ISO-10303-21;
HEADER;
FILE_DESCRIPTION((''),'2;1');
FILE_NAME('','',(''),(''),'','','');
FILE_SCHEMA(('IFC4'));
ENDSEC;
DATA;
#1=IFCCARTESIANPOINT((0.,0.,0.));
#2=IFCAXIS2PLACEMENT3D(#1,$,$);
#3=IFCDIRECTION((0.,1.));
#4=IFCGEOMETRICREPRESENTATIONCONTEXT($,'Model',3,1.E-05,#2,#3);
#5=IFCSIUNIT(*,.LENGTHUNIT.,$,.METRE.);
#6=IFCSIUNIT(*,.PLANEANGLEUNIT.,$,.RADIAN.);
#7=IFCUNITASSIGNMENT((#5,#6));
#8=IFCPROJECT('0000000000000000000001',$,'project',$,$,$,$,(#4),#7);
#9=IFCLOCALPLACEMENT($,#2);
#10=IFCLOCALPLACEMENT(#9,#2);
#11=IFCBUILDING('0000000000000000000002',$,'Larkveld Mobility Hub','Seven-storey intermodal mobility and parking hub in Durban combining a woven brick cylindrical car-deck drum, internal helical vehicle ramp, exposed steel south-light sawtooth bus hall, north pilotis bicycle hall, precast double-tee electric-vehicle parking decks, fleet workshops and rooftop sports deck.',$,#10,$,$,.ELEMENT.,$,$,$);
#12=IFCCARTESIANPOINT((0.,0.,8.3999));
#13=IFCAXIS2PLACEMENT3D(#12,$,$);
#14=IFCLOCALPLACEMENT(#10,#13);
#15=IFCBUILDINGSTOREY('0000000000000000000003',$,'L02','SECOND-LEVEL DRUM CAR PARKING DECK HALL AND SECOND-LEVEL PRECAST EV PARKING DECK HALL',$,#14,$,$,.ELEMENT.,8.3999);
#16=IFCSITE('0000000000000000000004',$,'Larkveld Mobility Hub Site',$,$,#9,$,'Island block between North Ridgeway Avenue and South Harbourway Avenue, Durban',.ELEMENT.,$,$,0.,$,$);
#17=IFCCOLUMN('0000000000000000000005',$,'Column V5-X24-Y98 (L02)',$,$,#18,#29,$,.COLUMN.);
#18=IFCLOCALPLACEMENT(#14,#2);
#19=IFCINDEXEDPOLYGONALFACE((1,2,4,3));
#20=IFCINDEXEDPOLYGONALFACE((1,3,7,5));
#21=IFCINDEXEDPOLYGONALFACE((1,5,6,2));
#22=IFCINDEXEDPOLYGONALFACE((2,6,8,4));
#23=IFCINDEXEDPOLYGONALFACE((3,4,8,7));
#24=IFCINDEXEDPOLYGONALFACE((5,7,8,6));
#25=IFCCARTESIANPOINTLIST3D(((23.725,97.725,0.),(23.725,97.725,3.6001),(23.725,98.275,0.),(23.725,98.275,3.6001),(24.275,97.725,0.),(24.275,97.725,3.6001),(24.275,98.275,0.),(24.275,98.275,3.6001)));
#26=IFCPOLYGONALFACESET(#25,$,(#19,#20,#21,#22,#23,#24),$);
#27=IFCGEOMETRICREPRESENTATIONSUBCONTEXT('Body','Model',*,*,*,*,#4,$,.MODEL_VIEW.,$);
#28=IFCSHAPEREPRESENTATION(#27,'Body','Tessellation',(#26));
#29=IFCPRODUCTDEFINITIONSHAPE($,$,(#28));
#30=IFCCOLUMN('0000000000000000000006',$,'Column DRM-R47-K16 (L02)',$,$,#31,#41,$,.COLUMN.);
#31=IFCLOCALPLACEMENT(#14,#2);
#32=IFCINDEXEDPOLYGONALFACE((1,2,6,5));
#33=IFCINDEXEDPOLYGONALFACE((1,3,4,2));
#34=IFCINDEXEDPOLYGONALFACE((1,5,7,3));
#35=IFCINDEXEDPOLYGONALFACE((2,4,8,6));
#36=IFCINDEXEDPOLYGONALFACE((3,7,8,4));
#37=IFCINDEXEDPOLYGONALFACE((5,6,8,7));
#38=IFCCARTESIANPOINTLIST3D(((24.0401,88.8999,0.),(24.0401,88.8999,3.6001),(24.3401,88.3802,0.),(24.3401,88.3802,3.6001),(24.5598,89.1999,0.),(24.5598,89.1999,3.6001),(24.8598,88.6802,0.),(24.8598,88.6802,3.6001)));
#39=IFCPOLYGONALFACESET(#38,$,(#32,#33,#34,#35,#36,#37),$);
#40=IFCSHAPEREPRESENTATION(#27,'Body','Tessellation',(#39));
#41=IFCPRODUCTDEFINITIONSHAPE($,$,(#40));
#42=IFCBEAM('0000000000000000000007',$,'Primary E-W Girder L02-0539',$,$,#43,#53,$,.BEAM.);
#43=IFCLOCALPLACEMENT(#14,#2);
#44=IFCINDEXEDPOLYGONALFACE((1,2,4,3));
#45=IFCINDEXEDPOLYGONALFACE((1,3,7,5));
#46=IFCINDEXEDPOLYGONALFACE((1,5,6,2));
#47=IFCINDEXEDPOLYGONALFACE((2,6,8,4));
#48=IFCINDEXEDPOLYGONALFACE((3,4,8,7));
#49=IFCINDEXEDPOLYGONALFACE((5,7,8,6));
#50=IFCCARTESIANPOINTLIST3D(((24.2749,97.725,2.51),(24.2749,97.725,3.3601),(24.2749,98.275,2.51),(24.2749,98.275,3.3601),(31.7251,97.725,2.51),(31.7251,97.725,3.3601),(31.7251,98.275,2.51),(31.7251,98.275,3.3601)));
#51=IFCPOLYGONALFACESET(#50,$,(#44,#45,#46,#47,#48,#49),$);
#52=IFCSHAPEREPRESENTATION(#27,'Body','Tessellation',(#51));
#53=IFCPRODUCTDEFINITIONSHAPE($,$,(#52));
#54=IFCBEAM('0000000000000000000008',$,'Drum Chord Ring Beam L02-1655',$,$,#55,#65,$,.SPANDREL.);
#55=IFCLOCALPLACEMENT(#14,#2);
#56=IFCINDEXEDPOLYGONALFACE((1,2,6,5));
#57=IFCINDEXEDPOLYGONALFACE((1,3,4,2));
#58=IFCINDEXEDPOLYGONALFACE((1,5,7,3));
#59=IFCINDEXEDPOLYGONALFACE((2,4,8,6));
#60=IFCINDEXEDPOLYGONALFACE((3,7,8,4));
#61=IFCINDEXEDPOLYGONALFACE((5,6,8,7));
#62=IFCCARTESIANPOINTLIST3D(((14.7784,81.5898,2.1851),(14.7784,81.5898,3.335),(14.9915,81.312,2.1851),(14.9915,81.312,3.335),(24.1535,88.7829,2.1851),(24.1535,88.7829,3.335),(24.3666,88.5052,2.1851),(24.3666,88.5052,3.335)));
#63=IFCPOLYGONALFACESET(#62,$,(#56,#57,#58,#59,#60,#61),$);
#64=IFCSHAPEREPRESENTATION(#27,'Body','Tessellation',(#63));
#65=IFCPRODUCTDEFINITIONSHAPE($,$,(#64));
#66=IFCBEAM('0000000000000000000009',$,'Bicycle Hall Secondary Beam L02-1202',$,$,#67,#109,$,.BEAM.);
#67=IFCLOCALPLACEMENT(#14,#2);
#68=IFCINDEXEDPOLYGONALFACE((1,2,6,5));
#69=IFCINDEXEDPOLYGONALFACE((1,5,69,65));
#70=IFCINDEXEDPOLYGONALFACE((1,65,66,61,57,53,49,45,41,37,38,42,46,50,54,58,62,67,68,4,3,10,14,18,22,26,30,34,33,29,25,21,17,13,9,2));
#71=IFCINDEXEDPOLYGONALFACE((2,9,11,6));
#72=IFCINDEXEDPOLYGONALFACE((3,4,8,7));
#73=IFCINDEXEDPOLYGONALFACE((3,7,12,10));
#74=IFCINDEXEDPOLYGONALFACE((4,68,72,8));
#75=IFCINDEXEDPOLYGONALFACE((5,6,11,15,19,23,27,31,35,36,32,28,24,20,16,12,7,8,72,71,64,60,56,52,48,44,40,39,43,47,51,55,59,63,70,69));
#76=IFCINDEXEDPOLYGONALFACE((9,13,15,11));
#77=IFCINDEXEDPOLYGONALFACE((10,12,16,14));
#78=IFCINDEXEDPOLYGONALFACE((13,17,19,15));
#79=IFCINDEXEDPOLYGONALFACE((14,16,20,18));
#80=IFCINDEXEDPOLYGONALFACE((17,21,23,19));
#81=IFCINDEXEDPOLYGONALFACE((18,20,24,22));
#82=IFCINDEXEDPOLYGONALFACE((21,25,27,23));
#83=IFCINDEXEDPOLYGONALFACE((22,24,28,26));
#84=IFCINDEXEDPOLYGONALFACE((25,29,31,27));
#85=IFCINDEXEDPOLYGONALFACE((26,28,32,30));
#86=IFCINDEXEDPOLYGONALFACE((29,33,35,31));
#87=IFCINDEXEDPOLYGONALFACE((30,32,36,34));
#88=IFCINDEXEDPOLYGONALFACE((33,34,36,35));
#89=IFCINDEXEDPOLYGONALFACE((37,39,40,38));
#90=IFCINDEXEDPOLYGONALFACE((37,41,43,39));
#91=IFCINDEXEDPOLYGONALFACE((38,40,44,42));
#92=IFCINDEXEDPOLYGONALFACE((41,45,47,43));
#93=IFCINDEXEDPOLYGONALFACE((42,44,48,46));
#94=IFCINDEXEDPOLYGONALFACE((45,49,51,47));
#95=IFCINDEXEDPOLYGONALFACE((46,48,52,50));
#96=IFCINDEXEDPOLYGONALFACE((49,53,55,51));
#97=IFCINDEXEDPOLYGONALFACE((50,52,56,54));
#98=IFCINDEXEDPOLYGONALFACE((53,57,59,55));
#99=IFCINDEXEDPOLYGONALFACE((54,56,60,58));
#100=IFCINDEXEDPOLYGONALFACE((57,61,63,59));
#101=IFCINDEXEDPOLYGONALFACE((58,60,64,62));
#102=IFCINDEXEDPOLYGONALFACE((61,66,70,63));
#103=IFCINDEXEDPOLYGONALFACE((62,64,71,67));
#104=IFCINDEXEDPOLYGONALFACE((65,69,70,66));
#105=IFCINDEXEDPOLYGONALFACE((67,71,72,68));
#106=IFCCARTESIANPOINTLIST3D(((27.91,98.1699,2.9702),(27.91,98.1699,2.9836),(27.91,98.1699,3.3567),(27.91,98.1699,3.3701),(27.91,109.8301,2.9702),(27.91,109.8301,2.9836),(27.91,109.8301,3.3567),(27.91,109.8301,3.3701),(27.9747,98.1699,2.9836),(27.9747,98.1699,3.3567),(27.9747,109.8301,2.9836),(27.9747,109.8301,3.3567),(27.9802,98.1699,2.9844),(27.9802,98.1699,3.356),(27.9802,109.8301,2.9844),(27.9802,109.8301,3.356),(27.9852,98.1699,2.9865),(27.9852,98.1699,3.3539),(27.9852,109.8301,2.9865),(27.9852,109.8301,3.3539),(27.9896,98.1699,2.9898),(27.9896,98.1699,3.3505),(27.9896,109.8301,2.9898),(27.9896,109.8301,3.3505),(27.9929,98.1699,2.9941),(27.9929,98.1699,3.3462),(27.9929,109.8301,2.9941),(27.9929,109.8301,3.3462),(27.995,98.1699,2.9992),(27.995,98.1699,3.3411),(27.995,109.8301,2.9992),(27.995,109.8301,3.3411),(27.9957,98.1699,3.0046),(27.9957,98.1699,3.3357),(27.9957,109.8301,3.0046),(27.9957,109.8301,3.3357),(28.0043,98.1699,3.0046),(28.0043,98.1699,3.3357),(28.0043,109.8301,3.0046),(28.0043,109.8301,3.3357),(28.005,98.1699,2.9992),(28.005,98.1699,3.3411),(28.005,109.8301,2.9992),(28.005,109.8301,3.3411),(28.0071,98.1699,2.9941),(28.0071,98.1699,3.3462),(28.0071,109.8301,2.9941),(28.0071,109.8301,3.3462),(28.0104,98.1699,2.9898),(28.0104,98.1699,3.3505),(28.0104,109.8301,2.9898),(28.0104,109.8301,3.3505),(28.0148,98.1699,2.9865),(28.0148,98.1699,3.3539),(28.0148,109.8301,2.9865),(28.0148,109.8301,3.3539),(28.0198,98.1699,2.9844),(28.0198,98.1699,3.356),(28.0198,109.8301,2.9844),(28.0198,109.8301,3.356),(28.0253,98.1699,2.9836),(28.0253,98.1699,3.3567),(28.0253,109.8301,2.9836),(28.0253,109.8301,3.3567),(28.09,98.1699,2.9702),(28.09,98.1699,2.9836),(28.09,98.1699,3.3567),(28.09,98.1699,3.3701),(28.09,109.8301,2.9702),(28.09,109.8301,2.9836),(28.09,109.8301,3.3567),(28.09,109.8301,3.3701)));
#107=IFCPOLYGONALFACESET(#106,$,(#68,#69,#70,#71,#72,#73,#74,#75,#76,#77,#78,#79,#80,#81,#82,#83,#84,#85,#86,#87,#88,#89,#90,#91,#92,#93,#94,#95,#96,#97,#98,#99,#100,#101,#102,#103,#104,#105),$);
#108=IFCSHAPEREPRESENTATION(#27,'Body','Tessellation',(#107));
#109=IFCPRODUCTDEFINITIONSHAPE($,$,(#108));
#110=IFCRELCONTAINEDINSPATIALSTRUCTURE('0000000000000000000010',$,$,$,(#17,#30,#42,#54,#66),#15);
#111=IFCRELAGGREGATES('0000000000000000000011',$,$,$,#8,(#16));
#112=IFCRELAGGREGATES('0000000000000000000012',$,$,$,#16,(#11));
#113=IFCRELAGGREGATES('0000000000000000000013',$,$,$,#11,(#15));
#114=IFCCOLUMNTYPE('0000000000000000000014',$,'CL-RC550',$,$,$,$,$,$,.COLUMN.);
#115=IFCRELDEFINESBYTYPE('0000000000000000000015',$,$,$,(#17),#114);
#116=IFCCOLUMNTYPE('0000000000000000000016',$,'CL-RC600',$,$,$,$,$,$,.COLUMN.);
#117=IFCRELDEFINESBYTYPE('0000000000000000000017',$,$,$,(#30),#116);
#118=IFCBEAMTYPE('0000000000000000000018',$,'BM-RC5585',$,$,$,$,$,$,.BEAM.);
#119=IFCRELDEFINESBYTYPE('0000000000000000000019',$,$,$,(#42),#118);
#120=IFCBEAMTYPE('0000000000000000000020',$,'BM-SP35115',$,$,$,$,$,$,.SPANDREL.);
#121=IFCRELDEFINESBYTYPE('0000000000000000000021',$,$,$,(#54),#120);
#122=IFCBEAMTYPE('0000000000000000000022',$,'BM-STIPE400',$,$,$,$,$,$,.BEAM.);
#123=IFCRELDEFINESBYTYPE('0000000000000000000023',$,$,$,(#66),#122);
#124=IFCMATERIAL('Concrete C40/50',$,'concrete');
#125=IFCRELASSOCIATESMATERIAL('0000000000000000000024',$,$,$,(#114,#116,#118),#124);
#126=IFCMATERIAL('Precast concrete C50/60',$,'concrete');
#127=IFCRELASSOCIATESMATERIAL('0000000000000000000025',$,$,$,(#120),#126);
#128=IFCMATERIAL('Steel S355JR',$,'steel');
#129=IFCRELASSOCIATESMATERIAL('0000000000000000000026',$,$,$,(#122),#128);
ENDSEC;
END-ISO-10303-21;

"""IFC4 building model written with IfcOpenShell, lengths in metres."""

from ifc_helpers import new_model, si_unit, direction, frame, origin, origin_2d, place, context, subcontext, project, spatial, rectangle, i_section, extrude, material, material_profile, profile_set, type_object, element, save


model = new_model("IFC4")

# Units and contexts
model_context = context("Model", 3, precision=1e-05, world=origin(), true_north=direction((0.0, 1.0)))
body_context = subcontext(model_context, "Body", "Model", "MODEL_VIEW")
ifc_project = project(units=[si_unit("LENGTHUNIT", "METRE"), si_unit("PLANEANGLEUNIT", "RADIAN")], contexts=[model_context])

# Site, building, storey
site_placement = place(None, origin())
site = spatial("IfcSite", under=ifc_project, at=site_placement, Name="Larkveld Mobility Hub Site", LongName="Island block between North Ridgeway Avenue and South Harbourway Avenue, Durban", CompositionType="ELEMENT", RefElevation=0.0)
building_placement = place(site_placement, origin())
building = spatial("IfcBuilding", under=site, at=building_placement, Name="Larkveld Mobility Hub", Description="Seven-storey intermodal mobility and parking hub in Durban combining a woven brick cylindrical car-deck drum, internal helical vehicle ramp, exposed steel south-light sawtooth bus hall, north pilotis bicycle hall, precast double-tee electric-vehicle parking decks, fleet workshops and rooftop sports deck.", CompositionType="ELEMENT")
storey_placement = place(building_placement, frame((0.0, 0.0, 8.3999)))
storey = spatial("IfcBuildingStorey", under=building, at=storey_placement, Name="L02", Description="SECOND-LEVEL DRUM CAR PARKING DECK HALL AND SECOND-LEVEL PRECAST EV PARKING DECK HALL", CompositionType="ELEMENT", Elevation=8.3999)

# Columns
ifc_material_1 = material(Name="Concrete C40/50", Category="concrete")
ifc_material_profile_1 = material_profile(ifc_material_1, rectangle(XDim=0.55, YDim=0.55, at=origin_2d()), Name="RC COL 550x550")
ifc_profile_set_1 = profile_set([ifc_material_profile_1], Name="Concrete C40/50")
column_type_1 = type_object("IfcColumnType", Name="CL-RC550", PredefinedType="COLUMN", material=ifc_profile_set_1)
column_1_placement = place(storey_placement, frame((24.0, 98.0, 0.0), z_axis=(0.0, 0.0, 1.0), x_axis=(1.0, 0.0, 0.0)))
element("IfcColumn", 1, at=column_1_placement, inside=storey, type_object=column_type_1, Name="Column V5-X24-Y98 (L02)", PredefinedType="COLUMN", context=body_context, shape_type="SweptSolid", body=[
    extrude(rectangle(XDim=0.55, YDim=0.55, at=origin_2d()), origin(), (0.0, 0.0, 1.0), 3.6001),
])
ifc_material_profile_2 = material_profile(ifc_material_1, rectangle(XDim=0.6001, YDim=0.6001, at=origin_2d()), Name="RC COL 600x600")
ifc_profile_set_2 = profile_set([ifc_material_profile_2], Name="Concrete C40/50")
column_type_2 = type_object("IfcColumnType", Name="CL-RC600", PredefinedType="COLUMN", material=ifc_profile_set_2)
column_2_placement = place(storey_placement, frame((24.45, 88.79, 0.0), z_axis=(0.0, 0.0, 1.0), x_axis=(-0.5, 0.866025, 0.0)))
element("IfcColumn", 2, at=column_2_placement, inside=storey, type_object=column_type_2, Name="Column DRM-R47-K16 (L02)", PredefinedType="COLUMN", context=body_context, shape_type="SweptSolid", body=[
    extrude(rectangle(XDim=0.6001, YDim=0.6001, at=origin_2d()), origin(), (0.0, 0.0, 1.0), 3.6001),
])

# Beams
ifc_material_profile_3 = material_profile(ifc_material_1, rectangle(XDim=0.55, YDim=0.8501, at=origin_2d()), Name="RC BM 550x850")
ifc_profile_set_3 = profile_set([ifc_material_profile_3], Name="Concrete C40/50")
beam_type_1 = type_object("IfcBeamType", Name="BM-RC5585", PredefinedType="BEAM", material=ifc_profile_set_3)
beam_1_placement = place(storey_placement, frame((24.2749, 98.0, 2.9351), z_axis=(1.0, 0.0, 0.0), x_axis=(0.0, 1.0, 0.0)))
element("IfcBeam", 3, at=beam_1_placement, inside=storey, type_object=beam_type_1, Name="Primary E-W Girder L02-0539", PredefinedType="BEAM", context=body_context, shape_type="SweptSolid", body=[
    extrude(rectangle(XDim=0.55, YDim=0.8501, at=origin_2d()), origin(), (0.0, 0.0, 1.0), 7.4502),
])
ifc_material_2 = material(Name="Precast concrete C50/60", Category="concrete")
ifc_material_profile_4 = material_profile(ifc_material_2, rectangle(XDim=0.3501, YDim=1.1499, at=origin_2d()), Name="PC SP 350x1150")
ifc_profile_set_4 = profile_set([ifc_material_profile_4], Name="Precast concrete C50/60")
beam_type_2 = type_object("IfcBeamType", Name="BM-SP35115", PredefinedType="SPANDREL", material=ifc_profile_set_4)
beam_2_placement = place(storey_placement, frame((24.26, 88.644, 2.76), z_axis=(-0.793377, -0.608731, 0.0), x_axis=(0.608731, -0.793377, 0.0)))
element("IfcBeam", 4, at=beam_2_placement, inside=storey, type_object=beam_type_2, Name="Drum Chord Ring Beam L02-1655", PredefinedType="SPANDREL", context=body_context, shape_type="SweptSolid", body=[
    extrude(rectangle(XDim=0.3501, YDim=1.1499, at=origin_2d()), origin(), (0.0, 0.0, 1.0), 11.8167),
])
ifc_material_3 = material(Name="Steel S355JR", Category="steel")
ifc_material_profile_5 = material_profile(ifc_material_3, i_section(OverallWidth=0.1799, OverallDepth=0.3999, WebThickness=0.0085, FlangeThickness=0.0134, FilletRadius=0.021, at=origin_2d()), Name="IPE 400")
ifc_profile_set_5 = profile_set([ifc_material_profile_5], Name="Steel S355JR")
beam_type_3 = type_object("IfcBeamType", Name="BM-STIPE400", PredefinedType="BEAM", material=ifc_profile_set_5)
beam_3_placement = place(storey_placement, frame((28.0, 98.1699, 3.1702), z_axis=(0.0, 1.0, 0.0), x_axis=(-1.0, 0.0, 0.0)))
element("IfcBeam", 5, at=beam_3_placement, inside=storey, type_object=beam_type_3, Name="Bicycle Hall Secondary Beam L02-1202", PredefinedType="BEAM", context=body_context, shape_type="SweptSolid", body=[
    extrude(i_section(OverallWidth=0.1799, OverallDepth=0.3999, WebThickness=0.0085, FlangeThickness=0.0134, FilletRadius=0.021, at=origin_2d()), origin(), (0.0, 0.0, 1.0), 11.6602),
])

save(model, "model.ifc")
